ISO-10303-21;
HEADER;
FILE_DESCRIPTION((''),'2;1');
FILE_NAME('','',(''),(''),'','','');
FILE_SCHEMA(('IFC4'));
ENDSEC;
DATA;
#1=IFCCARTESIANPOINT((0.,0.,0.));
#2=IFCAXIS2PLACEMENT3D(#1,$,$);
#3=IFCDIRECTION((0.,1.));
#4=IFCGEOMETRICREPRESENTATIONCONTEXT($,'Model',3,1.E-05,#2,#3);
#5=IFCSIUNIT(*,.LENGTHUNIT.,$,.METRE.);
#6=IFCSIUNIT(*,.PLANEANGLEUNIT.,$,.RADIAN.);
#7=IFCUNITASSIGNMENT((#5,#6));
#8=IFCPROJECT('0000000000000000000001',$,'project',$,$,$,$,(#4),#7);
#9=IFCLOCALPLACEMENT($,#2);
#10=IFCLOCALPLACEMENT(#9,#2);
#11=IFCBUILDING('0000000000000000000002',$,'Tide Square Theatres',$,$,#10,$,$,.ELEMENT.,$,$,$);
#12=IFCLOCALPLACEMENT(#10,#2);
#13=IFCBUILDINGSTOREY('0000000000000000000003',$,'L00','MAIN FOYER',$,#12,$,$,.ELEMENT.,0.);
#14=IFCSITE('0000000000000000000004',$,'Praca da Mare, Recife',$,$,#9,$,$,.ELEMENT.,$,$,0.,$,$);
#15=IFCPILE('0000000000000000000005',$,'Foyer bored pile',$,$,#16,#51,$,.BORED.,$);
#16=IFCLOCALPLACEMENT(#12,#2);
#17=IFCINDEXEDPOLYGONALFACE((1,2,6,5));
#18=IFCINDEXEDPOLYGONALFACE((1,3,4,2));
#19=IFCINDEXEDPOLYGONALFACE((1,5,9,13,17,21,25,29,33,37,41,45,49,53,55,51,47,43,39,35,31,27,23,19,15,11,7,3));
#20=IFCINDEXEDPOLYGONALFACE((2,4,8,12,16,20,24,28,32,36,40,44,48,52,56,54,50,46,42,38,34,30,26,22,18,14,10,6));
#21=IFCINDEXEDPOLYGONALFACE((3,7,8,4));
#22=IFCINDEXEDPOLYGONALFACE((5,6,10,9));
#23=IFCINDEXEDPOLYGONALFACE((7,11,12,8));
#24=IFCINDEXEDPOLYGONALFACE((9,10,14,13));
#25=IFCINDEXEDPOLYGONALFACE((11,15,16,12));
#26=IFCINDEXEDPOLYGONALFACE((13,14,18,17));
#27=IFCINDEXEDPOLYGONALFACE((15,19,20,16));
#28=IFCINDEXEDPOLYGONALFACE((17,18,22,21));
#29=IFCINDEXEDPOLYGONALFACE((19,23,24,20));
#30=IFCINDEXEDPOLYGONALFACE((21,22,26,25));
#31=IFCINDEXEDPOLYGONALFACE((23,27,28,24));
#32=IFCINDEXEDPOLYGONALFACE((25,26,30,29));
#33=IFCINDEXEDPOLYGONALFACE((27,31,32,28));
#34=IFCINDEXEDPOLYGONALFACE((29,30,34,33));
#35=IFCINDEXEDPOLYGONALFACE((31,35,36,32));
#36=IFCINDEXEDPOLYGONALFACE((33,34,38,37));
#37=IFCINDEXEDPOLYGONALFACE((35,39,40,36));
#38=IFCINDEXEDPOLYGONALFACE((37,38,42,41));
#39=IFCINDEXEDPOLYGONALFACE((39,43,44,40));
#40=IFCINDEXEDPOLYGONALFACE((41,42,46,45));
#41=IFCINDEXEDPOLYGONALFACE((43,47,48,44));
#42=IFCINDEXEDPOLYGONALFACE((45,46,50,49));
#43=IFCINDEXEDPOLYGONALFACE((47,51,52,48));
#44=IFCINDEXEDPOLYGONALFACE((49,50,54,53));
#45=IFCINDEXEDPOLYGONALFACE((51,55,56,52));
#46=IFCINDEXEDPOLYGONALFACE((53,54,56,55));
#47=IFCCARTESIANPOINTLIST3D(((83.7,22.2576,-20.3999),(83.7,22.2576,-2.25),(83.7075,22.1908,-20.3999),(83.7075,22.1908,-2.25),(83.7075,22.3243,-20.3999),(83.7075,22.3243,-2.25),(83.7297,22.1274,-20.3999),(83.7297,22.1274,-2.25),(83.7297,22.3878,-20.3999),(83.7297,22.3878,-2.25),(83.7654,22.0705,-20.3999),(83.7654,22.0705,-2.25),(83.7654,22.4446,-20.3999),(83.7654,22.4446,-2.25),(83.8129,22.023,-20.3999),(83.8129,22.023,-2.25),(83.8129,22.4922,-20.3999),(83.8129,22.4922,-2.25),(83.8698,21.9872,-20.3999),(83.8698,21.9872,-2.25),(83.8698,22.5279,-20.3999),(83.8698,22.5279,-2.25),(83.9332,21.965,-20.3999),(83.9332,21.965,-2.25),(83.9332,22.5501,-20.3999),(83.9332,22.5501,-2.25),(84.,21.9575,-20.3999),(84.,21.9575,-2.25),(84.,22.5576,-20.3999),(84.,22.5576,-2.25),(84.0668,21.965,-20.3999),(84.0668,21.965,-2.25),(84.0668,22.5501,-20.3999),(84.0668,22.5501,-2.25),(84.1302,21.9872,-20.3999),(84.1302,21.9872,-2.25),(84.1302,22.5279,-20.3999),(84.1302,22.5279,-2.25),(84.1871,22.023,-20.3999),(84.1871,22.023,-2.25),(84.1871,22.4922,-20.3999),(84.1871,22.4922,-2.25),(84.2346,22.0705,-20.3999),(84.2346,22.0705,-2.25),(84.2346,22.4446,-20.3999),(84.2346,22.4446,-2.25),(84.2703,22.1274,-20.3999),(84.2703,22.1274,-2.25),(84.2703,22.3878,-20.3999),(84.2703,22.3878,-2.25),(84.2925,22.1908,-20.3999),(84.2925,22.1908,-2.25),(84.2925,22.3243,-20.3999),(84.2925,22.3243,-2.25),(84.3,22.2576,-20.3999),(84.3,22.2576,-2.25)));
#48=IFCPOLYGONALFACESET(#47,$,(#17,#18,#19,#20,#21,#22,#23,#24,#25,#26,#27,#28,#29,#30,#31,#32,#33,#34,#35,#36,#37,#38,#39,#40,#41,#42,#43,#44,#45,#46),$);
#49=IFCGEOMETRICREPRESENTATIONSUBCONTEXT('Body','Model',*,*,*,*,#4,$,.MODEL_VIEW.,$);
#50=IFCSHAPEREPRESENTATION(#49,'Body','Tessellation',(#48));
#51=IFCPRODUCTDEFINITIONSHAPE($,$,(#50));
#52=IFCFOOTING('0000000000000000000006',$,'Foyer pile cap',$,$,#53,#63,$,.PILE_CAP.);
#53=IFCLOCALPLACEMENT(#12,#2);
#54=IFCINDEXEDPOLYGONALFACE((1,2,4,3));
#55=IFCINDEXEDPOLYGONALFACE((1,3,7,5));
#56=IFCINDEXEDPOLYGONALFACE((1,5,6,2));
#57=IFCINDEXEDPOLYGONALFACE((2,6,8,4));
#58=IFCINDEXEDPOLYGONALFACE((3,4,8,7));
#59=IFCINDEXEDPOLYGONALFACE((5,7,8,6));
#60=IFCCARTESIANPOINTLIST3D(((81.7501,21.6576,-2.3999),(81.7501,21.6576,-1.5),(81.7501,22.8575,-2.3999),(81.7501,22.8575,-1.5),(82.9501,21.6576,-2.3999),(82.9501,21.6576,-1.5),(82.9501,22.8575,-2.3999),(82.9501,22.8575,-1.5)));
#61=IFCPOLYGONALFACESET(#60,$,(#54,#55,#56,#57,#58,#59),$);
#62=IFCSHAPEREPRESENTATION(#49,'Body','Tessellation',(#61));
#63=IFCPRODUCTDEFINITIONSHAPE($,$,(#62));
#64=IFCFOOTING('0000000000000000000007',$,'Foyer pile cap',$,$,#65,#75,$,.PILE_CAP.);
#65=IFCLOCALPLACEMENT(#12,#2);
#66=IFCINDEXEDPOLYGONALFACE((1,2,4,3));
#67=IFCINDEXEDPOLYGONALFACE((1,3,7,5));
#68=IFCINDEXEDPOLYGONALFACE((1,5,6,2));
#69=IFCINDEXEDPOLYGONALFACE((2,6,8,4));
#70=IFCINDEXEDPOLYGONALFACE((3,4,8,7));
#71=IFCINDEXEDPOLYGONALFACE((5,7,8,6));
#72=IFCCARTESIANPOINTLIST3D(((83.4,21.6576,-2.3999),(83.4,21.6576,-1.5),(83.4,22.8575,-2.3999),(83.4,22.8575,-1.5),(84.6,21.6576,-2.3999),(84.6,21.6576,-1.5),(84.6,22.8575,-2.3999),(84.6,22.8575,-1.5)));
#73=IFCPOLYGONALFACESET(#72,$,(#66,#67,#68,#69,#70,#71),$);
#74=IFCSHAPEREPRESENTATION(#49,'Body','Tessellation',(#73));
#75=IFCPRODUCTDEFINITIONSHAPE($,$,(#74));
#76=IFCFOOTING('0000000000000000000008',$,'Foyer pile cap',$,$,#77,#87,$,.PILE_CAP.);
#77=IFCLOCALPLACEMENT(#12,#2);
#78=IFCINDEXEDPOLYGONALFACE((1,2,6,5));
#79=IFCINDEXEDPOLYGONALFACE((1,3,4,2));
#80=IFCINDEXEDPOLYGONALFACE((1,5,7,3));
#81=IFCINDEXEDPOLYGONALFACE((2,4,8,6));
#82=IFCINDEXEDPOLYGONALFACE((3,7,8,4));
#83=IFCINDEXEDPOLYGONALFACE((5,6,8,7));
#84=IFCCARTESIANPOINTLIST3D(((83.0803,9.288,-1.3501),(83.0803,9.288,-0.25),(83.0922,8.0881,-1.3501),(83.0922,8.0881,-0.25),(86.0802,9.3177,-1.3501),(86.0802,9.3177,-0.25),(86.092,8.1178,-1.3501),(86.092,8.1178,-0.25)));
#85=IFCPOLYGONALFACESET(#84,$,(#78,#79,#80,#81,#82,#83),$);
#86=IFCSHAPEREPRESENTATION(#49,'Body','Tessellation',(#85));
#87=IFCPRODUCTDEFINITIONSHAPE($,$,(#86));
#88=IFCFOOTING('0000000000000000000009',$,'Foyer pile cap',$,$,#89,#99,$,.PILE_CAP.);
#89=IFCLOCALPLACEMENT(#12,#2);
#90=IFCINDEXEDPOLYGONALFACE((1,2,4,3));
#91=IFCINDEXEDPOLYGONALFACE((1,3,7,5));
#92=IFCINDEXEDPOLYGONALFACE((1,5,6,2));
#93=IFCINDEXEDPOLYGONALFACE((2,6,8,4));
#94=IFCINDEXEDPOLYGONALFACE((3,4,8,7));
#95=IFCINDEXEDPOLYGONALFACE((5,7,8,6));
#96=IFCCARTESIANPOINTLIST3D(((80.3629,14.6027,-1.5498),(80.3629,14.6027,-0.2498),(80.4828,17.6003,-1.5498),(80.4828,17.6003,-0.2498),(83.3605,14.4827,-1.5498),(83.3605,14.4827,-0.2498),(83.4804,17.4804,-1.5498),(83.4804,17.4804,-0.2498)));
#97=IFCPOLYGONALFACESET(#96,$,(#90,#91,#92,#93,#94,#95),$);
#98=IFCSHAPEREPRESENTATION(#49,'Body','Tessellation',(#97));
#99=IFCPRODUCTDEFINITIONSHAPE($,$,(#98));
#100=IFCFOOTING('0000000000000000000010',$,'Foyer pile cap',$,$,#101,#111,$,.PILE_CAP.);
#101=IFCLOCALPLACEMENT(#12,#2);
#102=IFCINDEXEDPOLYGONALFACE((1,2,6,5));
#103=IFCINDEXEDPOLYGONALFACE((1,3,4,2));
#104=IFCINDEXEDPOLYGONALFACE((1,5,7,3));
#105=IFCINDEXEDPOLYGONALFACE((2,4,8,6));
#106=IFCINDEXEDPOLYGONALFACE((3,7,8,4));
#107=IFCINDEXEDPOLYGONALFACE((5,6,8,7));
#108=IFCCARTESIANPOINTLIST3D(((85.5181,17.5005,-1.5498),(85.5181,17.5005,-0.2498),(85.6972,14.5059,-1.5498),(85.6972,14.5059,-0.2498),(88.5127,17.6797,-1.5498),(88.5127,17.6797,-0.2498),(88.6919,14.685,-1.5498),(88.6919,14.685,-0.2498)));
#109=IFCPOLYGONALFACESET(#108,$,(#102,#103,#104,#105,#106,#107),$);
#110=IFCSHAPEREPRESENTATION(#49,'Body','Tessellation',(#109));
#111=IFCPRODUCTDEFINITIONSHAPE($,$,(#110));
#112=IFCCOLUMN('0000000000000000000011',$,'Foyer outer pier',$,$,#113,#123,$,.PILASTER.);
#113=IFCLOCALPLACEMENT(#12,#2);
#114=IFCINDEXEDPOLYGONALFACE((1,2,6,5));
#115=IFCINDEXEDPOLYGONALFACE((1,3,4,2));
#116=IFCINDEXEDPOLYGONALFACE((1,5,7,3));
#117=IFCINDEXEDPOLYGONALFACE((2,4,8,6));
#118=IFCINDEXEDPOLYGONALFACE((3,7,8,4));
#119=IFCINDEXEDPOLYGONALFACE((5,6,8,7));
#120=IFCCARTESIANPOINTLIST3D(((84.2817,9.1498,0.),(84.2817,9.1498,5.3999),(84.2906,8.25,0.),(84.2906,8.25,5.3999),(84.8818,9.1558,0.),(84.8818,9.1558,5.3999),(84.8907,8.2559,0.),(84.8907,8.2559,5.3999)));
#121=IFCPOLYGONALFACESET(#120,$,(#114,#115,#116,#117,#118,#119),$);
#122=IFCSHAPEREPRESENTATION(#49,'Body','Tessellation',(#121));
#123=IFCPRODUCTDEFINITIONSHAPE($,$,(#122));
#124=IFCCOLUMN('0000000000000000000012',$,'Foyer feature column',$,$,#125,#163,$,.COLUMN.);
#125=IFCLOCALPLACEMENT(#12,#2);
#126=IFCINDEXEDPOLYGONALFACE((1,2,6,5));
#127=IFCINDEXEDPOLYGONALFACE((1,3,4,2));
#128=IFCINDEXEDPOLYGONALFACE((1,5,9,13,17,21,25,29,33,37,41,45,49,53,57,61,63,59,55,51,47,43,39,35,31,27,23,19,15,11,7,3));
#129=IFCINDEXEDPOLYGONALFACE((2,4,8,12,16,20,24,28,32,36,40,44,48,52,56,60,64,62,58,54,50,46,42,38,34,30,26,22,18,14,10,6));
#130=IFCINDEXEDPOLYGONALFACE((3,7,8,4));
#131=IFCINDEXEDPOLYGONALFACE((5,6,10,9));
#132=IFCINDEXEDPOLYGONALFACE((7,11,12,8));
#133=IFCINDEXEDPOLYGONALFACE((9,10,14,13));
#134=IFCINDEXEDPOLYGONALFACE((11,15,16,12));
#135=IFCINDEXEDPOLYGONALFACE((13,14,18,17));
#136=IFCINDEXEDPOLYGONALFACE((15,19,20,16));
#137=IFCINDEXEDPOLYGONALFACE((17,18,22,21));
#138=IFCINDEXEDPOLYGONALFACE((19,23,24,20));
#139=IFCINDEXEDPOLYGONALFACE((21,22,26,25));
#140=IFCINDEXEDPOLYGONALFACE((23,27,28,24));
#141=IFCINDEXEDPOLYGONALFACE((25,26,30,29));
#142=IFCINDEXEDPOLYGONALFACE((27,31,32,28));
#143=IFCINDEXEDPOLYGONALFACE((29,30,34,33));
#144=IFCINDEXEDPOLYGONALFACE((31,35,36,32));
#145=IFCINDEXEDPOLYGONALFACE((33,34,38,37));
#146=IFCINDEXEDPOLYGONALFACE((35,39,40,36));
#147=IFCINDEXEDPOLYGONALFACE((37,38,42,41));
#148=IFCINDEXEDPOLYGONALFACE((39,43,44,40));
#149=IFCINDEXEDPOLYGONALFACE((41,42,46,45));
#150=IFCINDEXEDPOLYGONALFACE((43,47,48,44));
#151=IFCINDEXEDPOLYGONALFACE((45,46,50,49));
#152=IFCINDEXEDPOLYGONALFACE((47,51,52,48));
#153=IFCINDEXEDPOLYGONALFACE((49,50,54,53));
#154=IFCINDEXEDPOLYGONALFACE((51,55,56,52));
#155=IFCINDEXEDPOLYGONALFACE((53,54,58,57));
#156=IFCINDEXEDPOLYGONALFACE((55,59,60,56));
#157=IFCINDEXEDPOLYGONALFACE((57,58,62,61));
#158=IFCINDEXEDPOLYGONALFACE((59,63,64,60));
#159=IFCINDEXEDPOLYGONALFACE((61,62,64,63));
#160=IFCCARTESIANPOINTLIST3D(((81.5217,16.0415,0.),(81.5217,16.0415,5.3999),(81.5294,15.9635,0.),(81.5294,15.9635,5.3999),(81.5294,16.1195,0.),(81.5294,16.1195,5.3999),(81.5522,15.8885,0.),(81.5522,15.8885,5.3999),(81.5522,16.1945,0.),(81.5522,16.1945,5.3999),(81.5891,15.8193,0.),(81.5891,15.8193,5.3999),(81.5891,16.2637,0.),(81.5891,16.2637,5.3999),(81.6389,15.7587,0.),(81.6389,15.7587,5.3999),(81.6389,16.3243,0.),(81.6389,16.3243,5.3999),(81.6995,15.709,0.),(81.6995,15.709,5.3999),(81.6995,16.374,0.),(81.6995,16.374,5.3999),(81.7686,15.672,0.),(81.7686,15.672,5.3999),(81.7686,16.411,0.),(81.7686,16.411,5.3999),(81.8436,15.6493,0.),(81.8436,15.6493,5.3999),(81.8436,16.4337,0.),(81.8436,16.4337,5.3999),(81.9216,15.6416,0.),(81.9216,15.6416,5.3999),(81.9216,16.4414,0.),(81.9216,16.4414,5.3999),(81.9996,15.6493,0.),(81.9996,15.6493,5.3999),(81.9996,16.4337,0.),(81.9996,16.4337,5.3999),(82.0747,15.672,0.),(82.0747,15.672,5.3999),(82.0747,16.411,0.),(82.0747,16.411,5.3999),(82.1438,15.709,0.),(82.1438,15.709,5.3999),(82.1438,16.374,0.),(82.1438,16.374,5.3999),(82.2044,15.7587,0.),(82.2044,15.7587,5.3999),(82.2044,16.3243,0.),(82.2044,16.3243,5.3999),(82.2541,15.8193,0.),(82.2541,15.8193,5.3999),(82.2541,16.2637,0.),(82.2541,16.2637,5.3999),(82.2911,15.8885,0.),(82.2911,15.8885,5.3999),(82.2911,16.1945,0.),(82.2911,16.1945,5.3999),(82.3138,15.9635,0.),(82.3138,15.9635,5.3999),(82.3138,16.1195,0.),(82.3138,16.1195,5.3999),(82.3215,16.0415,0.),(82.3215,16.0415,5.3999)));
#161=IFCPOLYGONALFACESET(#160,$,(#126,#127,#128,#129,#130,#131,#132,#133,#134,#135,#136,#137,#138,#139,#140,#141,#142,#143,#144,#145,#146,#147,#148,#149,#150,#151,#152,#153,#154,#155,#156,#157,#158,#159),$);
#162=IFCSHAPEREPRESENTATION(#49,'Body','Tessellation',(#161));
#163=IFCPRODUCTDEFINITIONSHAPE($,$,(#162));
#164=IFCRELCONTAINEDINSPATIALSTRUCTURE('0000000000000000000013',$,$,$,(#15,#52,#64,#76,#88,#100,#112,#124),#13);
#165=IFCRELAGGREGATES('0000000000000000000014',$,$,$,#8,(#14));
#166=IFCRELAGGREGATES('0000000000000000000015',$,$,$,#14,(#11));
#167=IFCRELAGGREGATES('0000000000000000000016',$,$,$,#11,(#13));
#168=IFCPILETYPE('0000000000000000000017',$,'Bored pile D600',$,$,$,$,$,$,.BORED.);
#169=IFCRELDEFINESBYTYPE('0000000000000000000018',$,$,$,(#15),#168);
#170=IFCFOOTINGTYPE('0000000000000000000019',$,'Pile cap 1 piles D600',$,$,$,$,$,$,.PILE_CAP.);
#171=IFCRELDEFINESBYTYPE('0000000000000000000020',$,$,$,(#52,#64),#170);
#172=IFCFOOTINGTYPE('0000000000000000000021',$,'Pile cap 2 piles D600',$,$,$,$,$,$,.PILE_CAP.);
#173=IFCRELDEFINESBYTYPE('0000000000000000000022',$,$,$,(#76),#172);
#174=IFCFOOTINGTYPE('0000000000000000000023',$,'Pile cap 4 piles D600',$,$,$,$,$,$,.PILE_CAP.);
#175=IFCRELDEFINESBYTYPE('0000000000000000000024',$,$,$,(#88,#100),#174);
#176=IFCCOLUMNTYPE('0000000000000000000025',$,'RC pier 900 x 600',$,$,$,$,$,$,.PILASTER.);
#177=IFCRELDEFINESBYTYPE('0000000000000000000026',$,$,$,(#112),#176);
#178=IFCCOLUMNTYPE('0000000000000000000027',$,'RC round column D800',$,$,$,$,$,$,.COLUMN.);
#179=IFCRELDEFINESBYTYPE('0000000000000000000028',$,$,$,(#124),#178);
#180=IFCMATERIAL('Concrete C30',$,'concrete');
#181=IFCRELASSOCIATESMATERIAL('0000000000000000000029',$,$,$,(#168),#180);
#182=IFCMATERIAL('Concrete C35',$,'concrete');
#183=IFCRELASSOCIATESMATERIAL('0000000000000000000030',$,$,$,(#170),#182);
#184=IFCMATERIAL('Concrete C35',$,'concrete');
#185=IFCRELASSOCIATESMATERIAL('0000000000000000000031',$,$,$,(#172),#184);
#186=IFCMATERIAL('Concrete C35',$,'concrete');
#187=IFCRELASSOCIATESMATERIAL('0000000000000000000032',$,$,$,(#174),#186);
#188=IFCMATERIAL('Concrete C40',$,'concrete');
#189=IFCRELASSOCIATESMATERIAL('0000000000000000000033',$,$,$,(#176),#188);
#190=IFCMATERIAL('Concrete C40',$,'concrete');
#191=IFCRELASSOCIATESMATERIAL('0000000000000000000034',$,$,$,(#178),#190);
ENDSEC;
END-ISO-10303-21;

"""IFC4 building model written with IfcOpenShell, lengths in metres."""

from ifc_helpers import new_model, si_unit, direction, frame, origin, origin_2d, place, context, subcontext, project, spatial, rectangle, circle, extrude, material, material_profile, profile_set, type_object, element, save


model = new_model("IFC4")

# Units and contexts
model_context = context("Model", 3, precision=1e-05, world=origin(), true_north=direction((0.0, 1.0)))
body_context = subcontext(model_context, "Body", "Model", "MODEL_VIEW")
ifc_project = project(units=[si_unit("LENGTHUNIT", "METRE"), si_unit("PLANEANGLEUNIT", "RADIAN")], contexts=[model_context])

# Site, building, storey
site_placement = place(None, origin())
site = spatial("IfcSite", under=ifc_project, at=site_placement, Name="Praca da Mare, Recife", CompositionType="ELEMENT", RefElevation=0.0)
building_placement = place(site_placement, origin())
building = spatial("IfcBuilding", under=site, at=building_placement, Name="Tide Square Theatres", CompositionType="ELEMENT")
storey_placement = place(building_placement, origin())
storey = spatial("IfcBuildingStorey", under=building, at=storey_placement, Name="L00", Description="MAIN FOYER", CompositionType="ELEMENT", Elevation=0.0)

# Pile
ifc_material_1 = material(Name="Concrete C30", Category="concrete")
ifc_material_profile_1 = material_profile(ifc_material_1, circle(Radius=0.3, at=origin_2d()))
ifc_profile_set_1 = profile_set([ifc_material_profile_1], Name="Concrete C30")
pile_type = type_object("IfcPileType", Name="Bored pile D600", PredefinedType="BORED", material=ifc_profile_set_1)
for number, where, z_axis, x_axis, name in (
    (1, (84.0, 22.2576, -2.25), (0.0, 0.0, -1.0), (1.0, 0.0, 0.0), "Foyer bored pile"),
):
    element("IfcPile", number, at=place(storey_placement, frame(where, z_axis=z_axis, x_axis=x_axis)), inside=storey, type_object=pile_type, Name=name, PredefinedType="BORED", context=body_context, shape_type="SweptSolid", body=[
        extrude(circle(Radius=0.3, at=origin_2d()), origin(), (0.0, 0.0, 1.0), 18.1499),
    ])

# Footings
ifc_material_2 = material(Name="Concrete C35", Category="concrete")
footing_type_1 = type_object("IfcFootingType", Name="Pile cap 1 piles D600", PredefinedType="PILE_CAP", material=ifc_material_2)
for number, where, z_axis, x_axis, name in (
    (2, (82.3501, 22.2576, -2.3999), (0.0, 0.0, 1.0), (1.0, 0.0, 0.0), "Foyer pile cap"),
    (3, (84.0, 22.2576, -2.3999), (0.0, 0.0, 1.0), (1.0, 0.0, 0.0), "Foyer pile cap"),
):
    element("IfcFooting", number, at=place(storey_placement, frame(where, z_axis=z_axis, x_axis=x_axis)), inside=storey, type_object=footing_type_1, Name=name, PredefinedType="PILE_CAP", context=body_context, shape_type="SweptSolid", body=[
        extrude(rectangle(XDim=1.2, YDim=1.2, at=origin_2d()), origin(), (0.0, 0.0, 1.0), 0.8999),
    ])
ifc_material_3 = material(Name="Concrete C35", Category="concrete")
footing_type_2 = type_object("IfcFootingType", Name="Pile cap 2 piles D600", PredefinedType="PILE_CAP", material=ifc_material_3)
footing_placement = place(storey_placement, frame((84.5862, 8.7029, -1.3501), z_axis=(0.0, 0.0, 1.0), x_axis=(0.999951, 0.009884, 0.0)))
element("IfcFooting", 4, at=footing_placement, inside=storey, type_object=footing_type_2, Name="Foyer pile cap", PredefinedType="PILE_CAP", context=body_context, shape_type="SweptSolid", body=[
    extrude(rectangle(XDim=3.0, YDim=1.2, at=origin_2d()), origin(), (0.0, 0.0, 1.0), 1.1001),
])
ifc_material_4 = material(Name="Concrete C35", Category="concrete")
footing_type_3 = type_object("IfcFootingType", Name="Pile cap 4 piles D600", PredefinedType="PILE_CAP", material=ifc_material_4)
for number, where, z_axis, x_axis, name in (
    (5, (81.9216, 16.0415, -1.5498), (0.0, 0.0, 1.0), (0.999201, -0.03997, 0.0), "Foyer pile cap"),
    (6, (87.105, 16.0928, -1.5498), (0.0, 0.0, 1.0), (0.998216, 0.059712, 0.0), "Foyer pile cap"),
):
    element("IfcFooting", number, at=place(storey_placement, frame(where, z_axis=z_axis, x_axis=x_axis)), inside=storey, type_object=footing_type_3, Name=name, PredefinedType="PILE_CAP", context=body_context, shape_type="SweptSolid", body=[
        extrude(rectangle(XDim=3.0, YDim=3.0, at=origin_2d()), origin(), (0.0, 0.0, 1.0), 1.3),
    ])

# Columns
ifc_material_5 = material(Name="Concrete C40", Category="concrete")
ifc_material_profile_2 = material_profile(ifc_material_5, rectangle(XDim=0.8999, YDim=0.6001, at=origin_2d()))
ifc_profile_set_2 = profile_set([ifc_material_profile_2], Name="Concrete C40")
column_type_1 = type_object("IfcColumnType", Name="RC pier 900 x 600", PredefinedType="PILASTER", material=ifc_profile_set_2)
column_placement = place(storey_placement, frame((84.5862, 8.7029, 0.0), z_axis=(0.0, 0.0, 1.0), x_axis=(0.009884, -0.999951, 0.0)))
element("IfcColumn", 7, at=column_placement, inside=storey, type_object=column_type_1, Name="Foyer outer pier", PredefinedType="PILASTER", context=body_context, shape_type="SweptSolid", body=[
    extrude(rectangle(XDim=0.8999, YDim=0.6001, at=origin_2d()), origin(), (0.0, 0.0, 1.0), 5.3999),
])
ifc_material_6 = material(Name="Concrete C40", Category="concrete")
ifc_material_profile_3 = material_profile(ifc_material_6, circle(Radius=0.3999, at=origin_2d()))
ifc_profile_set_3 = profile_set([ifc_material_profile_3], Name="Concrete C40")
column_type_2 = type_object("IfcColumnType", Name="RC round column D800", PredefinedType="COLUMN", material=ifc_profile_set_3)
for number, where, z_axis, x_axis, name in (
    (8, (81.9216, 16.0415, 0.0), (0.0, 0.0, 1.0), (1.0, 0.0, 0.0), "Foyer feature column"),
):
    element("IfcColumn", number, at=place(storey_placement, frame(where, z_axis=z_axis, x_axis=x_axis)), inside=storey, type_object=column_type_2, Name=name, PredefinedType="COLUMN", context=body_context, shape_type="SweptSolid", body=[
        extrude(circle(Radius=0.3999, at=origin_2d()), origin(), (0.0, 0.0, 1.0), 5.3999),
    ])

save(model, "model.ifc")
